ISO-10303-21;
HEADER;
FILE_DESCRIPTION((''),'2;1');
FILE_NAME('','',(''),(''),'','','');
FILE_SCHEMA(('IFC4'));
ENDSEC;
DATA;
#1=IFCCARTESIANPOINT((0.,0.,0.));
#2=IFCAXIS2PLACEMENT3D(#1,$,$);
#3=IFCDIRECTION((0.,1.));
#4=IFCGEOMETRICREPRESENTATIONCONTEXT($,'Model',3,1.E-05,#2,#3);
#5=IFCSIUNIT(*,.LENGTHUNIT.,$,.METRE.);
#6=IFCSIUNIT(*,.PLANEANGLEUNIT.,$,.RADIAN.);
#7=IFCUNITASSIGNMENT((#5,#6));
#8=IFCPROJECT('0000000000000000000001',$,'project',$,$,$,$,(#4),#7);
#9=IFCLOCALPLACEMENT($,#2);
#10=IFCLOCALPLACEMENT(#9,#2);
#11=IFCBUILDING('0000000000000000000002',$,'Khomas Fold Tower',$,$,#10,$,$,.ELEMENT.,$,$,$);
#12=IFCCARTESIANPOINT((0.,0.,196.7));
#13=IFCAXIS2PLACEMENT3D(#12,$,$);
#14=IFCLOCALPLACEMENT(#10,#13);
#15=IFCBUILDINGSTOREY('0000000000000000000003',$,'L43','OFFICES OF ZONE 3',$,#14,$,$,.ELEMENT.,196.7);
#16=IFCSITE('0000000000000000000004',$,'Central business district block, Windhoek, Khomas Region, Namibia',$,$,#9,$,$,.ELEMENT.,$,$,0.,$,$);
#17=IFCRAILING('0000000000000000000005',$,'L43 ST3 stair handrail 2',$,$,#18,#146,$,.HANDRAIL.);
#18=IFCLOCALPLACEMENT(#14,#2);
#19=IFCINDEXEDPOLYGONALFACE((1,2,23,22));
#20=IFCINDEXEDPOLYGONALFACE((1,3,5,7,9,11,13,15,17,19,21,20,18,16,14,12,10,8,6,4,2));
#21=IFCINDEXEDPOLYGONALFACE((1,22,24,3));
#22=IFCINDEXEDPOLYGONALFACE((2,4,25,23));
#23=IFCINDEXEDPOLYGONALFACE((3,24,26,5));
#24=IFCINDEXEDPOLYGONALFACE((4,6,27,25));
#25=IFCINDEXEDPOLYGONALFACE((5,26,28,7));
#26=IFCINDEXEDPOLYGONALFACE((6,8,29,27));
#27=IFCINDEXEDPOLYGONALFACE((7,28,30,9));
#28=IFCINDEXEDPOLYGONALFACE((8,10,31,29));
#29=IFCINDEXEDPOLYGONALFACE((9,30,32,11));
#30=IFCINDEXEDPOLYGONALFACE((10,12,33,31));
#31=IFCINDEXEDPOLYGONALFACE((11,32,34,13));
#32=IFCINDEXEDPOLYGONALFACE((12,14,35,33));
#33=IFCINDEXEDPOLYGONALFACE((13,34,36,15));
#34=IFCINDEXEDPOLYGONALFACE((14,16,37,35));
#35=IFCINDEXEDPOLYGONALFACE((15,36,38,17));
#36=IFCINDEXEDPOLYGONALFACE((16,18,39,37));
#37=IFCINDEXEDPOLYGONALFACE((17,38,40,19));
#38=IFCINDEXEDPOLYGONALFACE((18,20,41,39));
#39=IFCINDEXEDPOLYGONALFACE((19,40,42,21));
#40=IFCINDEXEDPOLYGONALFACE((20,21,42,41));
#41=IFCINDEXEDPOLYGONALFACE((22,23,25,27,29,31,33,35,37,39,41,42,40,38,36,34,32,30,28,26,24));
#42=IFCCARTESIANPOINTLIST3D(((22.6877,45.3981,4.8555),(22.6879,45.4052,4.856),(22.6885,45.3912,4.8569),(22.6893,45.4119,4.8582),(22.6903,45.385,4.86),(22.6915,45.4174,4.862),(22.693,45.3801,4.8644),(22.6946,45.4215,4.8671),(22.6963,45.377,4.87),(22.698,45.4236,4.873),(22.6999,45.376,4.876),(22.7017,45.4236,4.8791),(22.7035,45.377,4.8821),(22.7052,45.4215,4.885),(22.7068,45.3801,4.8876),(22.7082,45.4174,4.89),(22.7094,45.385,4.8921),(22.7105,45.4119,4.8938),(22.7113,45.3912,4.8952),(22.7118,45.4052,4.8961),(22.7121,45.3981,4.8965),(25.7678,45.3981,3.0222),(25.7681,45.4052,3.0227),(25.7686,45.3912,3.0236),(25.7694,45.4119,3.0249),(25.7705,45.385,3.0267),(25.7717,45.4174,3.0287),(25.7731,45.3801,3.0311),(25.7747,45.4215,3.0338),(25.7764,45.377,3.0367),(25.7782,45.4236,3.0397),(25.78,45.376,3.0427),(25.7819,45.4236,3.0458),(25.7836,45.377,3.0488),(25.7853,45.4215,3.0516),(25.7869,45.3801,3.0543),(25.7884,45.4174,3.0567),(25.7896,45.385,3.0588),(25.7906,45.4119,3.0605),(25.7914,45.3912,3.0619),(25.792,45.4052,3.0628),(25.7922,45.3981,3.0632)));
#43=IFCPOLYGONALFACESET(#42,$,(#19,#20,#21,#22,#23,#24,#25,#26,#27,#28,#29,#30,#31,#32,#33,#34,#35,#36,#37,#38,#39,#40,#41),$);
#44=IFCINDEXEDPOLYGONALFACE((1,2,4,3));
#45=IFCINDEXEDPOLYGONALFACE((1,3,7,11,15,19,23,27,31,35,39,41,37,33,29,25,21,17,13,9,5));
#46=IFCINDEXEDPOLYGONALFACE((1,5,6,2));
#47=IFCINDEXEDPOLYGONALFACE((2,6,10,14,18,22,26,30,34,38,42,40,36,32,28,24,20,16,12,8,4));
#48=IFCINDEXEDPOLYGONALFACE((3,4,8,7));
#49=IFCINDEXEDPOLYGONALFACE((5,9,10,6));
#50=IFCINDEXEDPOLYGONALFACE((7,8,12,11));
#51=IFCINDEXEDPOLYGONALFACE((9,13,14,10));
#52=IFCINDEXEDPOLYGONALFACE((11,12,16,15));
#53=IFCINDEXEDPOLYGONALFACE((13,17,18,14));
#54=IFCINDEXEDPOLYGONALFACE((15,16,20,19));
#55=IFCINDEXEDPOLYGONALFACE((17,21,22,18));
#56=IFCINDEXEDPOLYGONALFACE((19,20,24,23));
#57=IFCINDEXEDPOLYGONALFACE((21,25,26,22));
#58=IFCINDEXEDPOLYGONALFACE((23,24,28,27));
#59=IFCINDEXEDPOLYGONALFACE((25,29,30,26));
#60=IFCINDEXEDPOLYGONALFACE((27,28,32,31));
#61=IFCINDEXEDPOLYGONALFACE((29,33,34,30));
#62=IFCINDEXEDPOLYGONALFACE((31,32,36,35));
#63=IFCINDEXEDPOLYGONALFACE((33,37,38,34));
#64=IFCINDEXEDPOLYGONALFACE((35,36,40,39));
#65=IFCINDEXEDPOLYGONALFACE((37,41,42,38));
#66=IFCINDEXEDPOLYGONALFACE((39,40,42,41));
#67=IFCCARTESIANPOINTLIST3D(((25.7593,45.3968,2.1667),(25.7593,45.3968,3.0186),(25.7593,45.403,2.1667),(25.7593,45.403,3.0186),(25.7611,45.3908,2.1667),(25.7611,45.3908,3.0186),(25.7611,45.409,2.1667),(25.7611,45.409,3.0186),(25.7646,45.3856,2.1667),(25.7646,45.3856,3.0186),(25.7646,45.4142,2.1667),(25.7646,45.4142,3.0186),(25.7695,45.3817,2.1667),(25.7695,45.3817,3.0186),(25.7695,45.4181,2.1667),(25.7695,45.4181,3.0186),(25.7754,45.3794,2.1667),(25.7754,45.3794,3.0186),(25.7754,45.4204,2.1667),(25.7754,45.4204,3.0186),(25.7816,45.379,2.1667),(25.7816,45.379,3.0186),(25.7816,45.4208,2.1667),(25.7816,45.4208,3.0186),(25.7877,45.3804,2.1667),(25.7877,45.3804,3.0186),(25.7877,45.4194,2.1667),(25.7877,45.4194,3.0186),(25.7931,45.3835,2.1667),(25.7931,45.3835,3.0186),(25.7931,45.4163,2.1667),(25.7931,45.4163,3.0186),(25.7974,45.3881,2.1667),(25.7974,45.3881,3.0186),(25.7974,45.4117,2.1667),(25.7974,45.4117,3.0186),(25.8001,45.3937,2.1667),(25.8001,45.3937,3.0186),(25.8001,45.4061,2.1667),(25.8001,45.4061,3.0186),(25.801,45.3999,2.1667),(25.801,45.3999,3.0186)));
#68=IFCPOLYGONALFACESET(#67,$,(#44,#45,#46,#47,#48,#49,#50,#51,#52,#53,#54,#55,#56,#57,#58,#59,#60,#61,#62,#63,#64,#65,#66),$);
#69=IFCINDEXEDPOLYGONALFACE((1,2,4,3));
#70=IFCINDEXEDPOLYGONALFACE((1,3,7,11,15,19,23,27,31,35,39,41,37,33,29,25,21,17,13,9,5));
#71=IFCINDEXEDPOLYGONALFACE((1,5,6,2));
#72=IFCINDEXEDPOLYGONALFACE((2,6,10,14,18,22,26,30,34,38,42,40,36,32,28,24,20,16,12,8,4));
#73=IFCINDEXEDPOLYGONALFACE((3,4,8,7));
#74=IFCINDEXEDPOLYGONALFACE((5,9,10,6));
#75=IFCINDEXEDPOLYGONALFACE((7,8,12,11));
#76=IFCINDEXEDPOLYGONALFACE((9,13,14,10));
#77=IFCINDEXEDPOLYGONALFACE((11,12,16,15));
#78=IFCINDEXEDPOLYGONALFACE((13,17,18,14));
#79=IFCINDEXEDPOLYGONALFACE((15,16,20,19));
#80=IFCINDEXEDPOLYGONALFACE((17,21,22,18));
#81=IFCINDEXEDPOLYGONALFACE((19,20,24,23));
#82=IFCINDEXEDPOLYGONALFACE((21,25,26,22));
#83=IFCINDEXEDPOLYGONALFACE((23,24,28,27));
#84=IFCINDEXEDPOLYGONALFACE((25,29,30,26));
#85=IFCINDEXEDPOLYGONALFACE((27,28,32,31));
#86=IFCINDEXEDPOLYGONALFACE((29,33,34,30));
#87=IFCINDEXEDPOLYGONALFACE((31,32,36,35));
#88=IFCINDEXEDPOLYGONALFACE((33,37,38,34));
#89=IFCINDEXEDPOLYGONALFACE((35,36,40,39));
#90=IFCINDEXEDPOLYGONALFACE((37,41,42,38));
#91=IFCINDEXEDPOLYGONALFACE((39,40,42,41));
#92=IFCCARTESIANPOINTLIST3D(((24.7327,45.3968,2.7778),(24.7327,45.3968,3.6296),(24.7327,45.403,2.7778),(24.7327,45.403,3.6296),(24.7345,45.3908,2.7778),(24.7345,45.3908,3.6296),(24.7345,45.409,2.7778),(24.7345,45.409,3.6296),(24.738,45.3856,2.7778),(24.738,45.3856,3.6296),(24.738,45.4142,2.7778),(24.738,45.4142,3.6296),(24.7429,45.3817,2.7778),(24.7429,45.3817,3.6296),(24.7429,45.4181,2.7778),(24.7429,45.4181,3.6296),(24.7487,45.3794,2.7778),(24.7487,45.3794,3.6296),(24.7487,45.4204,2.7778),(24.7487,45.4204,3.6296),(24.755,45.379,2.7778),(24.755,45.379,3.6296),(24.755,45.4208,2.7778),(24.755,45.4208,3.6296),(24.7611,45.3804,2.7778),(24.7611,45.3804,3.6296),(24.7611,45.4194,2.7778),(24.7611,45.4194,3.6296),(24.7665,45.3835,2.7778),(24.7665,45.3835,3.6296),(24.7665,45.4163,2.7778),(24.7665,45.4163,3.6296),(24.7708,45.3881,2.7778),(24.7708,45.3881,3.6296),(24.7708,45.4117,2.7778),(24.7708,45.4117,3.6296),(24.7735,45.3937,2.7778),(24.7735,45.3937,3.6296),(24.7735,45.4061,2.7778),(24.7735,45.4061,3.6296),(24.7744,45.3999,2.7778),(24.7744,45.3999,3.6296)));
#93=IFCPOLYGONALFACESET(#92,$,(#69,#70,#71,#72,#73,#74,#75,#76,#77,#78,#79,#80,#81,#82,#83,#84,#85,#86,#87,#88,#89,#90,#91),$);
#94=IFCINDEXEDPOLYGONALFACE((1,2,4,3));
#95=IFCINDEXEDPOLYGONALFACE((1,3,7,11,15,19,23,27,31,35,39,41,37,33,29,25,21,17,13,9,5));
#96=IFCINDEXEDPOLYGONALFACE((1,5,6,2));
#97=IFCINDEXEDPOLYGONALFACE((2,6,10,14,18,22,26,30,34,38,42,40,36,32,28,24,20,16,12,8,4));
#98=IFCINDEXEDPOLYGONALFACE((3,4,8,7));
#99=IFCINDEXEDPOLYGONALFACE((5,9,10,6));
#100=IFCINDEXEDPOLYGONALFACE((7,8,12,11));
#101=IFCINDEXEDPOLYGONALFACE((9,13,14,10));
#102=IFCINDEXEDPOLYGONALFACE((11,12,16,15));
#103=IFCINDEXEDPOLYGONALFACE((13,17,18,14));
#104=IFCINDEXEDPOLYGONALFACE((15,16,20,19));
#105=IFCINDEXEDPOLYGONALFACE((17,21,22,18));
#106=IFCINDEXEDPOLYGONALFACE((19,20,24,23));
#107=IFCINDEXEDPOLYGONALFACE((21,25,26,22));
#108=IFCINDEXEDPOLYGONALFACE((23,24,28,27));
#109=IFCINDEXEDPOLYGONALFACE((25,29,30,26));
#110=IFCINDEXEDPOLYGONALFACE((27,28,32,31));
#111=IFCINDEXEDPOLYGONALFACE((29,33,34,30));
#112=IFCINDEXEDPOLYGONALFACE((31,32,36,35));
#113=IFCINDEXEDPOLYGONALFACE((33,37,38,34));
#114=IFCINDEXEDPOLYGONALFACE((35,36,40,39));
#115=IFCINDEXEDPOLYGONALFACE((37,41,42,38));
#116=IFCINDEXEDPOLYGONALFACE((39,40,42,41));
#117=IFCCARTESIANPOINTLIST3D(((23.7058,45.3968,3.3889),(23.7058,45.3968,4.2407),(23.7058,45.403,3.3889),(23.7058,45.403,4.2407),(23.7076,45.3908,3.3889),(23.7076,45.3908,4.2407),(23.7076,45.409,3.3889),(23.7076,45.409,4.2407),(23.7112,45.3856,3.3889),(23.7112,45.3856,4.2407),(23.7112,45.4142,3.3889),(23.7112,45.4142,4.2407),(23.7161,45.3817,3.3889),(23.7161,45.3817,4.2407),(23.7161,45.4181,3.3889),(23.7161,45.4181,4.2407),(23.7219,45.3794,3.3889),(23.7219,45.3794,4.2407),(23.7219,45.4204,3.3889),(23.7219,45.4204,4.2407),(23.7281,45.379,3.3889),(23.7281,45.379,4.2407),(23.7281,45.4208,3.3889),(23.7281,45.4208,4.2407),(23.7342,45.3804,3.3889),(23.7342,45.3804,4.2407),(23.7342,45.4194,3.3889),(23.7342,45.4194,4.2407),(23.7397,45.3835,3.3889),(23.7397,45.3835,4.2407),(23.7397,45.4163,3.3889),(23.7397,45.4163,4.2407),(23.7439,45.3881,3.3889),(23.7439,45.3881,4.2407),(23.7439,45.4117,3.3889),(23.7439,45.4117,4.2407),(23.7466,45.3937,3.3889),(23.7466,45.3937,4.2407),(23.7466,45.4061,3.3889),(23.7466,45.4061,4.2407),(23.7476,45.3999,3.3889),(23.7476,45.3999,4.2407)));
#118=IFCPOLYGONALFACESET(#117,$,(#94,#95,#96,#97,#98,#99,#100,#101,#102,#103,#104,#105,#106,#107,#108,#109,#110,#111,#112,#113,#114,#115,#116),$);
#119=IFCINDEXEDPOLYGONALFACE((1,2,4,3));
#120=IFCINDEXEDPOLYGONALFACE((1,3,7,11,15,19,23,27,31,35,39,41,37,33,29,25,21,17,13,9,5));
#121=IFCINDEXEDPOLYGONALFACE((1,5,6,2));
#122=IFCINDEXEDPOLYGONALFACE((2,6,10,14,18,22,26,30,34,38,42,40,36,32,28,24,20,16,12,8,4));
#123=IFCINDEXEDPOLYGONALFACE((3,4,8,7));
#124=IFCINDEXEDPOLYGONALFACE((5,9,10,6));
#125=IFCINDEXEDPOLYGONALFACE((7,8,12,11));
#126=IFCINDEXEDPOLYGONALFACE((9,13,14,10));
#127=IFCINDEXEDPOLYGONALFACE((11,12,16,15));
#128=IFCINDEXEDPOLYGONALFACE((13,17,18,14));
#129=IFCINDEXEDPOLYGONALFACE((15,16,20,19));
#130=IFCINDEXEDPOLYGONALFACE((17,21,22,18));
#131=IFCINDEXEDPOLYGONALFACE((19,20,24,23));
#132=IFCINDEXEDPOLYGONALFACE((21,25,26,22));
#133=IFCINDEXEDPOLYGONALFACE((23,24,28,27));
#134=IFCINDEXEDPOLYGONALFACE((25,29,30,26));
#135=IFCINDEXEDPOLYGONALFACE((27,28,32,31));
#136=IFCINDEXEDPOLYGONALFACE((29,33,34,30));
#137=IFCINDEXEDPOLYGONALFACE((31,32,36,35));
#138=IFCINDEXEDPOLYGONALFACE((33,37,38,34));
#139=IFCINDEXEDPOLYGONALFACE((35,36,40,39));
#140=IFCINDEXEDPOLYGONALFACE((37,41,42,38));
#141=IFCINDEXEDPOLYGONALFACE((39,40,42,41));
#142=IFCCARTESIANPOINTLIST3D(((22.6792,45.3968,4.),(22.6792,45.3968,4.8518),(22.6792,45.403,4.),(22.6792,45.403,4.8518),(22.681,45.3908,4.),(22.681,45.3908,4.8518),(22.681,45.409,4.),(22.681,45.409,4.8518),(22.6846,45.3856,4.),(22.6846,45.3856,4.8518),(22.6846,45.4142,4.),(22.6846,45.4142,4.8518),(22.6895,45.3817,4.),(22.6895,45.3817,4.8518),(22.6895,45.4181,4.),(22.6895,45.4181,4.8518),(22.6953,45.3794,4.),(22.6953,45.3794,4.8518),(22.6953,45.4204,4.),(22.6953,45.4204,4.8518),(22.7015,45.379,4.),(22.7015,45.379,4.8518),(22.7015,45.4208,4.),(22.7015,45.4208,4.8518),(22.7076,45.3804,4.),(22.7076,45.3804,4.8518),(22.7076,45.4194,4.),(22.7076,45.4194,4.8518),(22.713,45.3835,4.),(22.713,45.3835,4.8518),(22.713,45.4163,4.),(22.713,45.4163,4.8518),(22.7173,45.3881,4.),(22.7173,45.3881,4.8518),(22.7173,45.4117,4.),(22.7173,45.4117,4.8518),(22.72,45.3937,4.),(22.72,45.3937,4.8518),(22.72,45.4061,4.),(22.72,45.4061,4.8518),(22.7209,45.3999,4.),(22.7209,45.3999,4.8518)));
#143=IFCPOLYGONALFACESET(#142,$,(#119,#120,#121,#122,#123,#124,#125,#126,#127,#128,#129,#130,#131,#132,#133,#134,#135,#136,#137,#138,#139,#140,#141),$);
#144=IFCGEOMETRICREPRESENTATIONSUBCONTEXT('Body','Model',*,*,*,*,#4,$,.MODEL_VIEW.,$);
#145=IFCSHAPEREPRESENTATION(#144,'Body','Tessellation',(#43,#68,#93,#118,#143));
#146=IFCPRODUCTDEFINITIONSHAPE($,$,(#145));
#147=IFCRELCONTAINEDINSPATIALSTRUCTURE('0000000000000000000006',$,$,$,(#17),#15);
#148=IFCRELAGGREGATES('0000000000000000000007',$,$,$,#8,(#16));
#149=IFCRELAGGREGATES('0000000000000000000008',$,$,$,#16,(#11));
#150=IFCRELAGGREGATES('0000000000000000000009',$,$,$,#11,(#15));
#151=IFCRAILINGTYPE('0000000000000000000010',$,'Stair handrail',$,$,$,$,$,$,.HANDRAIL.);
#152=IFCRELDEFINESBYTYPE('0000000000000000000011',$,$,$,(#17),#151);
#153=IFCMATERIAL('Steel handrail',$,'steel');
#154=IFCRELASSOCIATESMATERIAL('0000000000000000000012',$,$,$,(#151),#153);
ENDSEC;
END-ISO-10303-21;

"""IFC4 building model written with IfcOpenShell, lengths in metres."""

from ifc_helpers import new_model, si_unit, direction, frame, origin, origin_2d, place, context, subcontext, project, spatial, circle, extrude, source, transform, mapped, material, type_object, element, save


model = new_model("IFC4")

# Units and contexts
model_context = context("Model", 3, precision=1e-05, world=origin(), true_north=direction((0.0, 1.0)))
body_context = subcontext(model_context, "Body", "Model", "MODEL_VIEW")
ifc_project = project(units=[si_unit("LENGTHUNIT", "METRE"), si_unit("PLANEANGLEUNIT", "RADIAN")], contexts=[model_context])

# Site, building, storey
site_placement = place(None, origin())
site = spatial("IfcSite", under=ifc_project, at=site_placement, Name="Central business district block, Windhoek, Khomas Region, Namibia", CompositionType="ELEMENT", RefElevation=0.0)
building_placement = place(site_placement, origin())
building = spatial("IfcBuilding", under=site, at=building_placement, Name="Khomas Fold Tower", CompositionType="ELEMENT")
storey_placement = place(building_placement, frame((0.0, 0.0, 196.7)))
storey = spatial("IfcBuildingStorey", under=building, at=storey_placement, Name="L43", Description="OFFICES OF ZONE 3", CompositionType="ELEMENT", Elevation=196.7)

# Railing
ifc_material_1 = material(Name="Steel handrail", Category="steel")
railing_type_1 = type_object("IfcRailingType", Name="Stair handrail", PredefinedType="HANDRAIL", material=ifc_material_1)
shared_shape_1 = source(origin(), body_context, "Body", "SweptSolid", [
    extrude(circle(Radius=0.0239, at=origin_2d()), frame((0.0, 0.0, 0.876), z_axis=(-0.859309, 0.0, 0.511458), x_axis=(0.0, -1.0, 0.0)), (0.0, 0.0, 1.0), 3.5845),
    extrude(circle(Radius=0.021, at=origin_2d()), origin(), (0.0, 0.0, 1.0), 0.8518),
    extrude(circle(Radius=0.021, at=origin_2d()), frame((-1.0266, 0.0, 0.6111)), (0.0, 0.0, 1.0), 0.8518),
    extrude(circle(Radius=0.021, at=origin_2d()), frame((-2.0535, 0.0, 1.2222)), (0.0, 0.0, 1.0), 0.8518),
    extrude(circle(Radius=0.021, at=origin_2d()), frame((-3.0801, 0.0, 1.8333)), (0.0, 0.0, 1.0), 0.8518),
])
railing_1_placement = place(storey_placement, frame((25.78, 45.3999, 2.1667)))
element("IfcRailing", 1, at=railing_1_placement, inside=storey, type_object=railing_type_1, Name="L43 ST3 stair handrail 2", PredefinedType="HANDRAIL", context=body_context, shape_type="MappedRepresentation", body=[
    mapped(shared_shape_1, transform((0.0, 0.0, 0.0))),
])

save(model, "model.ifc")
